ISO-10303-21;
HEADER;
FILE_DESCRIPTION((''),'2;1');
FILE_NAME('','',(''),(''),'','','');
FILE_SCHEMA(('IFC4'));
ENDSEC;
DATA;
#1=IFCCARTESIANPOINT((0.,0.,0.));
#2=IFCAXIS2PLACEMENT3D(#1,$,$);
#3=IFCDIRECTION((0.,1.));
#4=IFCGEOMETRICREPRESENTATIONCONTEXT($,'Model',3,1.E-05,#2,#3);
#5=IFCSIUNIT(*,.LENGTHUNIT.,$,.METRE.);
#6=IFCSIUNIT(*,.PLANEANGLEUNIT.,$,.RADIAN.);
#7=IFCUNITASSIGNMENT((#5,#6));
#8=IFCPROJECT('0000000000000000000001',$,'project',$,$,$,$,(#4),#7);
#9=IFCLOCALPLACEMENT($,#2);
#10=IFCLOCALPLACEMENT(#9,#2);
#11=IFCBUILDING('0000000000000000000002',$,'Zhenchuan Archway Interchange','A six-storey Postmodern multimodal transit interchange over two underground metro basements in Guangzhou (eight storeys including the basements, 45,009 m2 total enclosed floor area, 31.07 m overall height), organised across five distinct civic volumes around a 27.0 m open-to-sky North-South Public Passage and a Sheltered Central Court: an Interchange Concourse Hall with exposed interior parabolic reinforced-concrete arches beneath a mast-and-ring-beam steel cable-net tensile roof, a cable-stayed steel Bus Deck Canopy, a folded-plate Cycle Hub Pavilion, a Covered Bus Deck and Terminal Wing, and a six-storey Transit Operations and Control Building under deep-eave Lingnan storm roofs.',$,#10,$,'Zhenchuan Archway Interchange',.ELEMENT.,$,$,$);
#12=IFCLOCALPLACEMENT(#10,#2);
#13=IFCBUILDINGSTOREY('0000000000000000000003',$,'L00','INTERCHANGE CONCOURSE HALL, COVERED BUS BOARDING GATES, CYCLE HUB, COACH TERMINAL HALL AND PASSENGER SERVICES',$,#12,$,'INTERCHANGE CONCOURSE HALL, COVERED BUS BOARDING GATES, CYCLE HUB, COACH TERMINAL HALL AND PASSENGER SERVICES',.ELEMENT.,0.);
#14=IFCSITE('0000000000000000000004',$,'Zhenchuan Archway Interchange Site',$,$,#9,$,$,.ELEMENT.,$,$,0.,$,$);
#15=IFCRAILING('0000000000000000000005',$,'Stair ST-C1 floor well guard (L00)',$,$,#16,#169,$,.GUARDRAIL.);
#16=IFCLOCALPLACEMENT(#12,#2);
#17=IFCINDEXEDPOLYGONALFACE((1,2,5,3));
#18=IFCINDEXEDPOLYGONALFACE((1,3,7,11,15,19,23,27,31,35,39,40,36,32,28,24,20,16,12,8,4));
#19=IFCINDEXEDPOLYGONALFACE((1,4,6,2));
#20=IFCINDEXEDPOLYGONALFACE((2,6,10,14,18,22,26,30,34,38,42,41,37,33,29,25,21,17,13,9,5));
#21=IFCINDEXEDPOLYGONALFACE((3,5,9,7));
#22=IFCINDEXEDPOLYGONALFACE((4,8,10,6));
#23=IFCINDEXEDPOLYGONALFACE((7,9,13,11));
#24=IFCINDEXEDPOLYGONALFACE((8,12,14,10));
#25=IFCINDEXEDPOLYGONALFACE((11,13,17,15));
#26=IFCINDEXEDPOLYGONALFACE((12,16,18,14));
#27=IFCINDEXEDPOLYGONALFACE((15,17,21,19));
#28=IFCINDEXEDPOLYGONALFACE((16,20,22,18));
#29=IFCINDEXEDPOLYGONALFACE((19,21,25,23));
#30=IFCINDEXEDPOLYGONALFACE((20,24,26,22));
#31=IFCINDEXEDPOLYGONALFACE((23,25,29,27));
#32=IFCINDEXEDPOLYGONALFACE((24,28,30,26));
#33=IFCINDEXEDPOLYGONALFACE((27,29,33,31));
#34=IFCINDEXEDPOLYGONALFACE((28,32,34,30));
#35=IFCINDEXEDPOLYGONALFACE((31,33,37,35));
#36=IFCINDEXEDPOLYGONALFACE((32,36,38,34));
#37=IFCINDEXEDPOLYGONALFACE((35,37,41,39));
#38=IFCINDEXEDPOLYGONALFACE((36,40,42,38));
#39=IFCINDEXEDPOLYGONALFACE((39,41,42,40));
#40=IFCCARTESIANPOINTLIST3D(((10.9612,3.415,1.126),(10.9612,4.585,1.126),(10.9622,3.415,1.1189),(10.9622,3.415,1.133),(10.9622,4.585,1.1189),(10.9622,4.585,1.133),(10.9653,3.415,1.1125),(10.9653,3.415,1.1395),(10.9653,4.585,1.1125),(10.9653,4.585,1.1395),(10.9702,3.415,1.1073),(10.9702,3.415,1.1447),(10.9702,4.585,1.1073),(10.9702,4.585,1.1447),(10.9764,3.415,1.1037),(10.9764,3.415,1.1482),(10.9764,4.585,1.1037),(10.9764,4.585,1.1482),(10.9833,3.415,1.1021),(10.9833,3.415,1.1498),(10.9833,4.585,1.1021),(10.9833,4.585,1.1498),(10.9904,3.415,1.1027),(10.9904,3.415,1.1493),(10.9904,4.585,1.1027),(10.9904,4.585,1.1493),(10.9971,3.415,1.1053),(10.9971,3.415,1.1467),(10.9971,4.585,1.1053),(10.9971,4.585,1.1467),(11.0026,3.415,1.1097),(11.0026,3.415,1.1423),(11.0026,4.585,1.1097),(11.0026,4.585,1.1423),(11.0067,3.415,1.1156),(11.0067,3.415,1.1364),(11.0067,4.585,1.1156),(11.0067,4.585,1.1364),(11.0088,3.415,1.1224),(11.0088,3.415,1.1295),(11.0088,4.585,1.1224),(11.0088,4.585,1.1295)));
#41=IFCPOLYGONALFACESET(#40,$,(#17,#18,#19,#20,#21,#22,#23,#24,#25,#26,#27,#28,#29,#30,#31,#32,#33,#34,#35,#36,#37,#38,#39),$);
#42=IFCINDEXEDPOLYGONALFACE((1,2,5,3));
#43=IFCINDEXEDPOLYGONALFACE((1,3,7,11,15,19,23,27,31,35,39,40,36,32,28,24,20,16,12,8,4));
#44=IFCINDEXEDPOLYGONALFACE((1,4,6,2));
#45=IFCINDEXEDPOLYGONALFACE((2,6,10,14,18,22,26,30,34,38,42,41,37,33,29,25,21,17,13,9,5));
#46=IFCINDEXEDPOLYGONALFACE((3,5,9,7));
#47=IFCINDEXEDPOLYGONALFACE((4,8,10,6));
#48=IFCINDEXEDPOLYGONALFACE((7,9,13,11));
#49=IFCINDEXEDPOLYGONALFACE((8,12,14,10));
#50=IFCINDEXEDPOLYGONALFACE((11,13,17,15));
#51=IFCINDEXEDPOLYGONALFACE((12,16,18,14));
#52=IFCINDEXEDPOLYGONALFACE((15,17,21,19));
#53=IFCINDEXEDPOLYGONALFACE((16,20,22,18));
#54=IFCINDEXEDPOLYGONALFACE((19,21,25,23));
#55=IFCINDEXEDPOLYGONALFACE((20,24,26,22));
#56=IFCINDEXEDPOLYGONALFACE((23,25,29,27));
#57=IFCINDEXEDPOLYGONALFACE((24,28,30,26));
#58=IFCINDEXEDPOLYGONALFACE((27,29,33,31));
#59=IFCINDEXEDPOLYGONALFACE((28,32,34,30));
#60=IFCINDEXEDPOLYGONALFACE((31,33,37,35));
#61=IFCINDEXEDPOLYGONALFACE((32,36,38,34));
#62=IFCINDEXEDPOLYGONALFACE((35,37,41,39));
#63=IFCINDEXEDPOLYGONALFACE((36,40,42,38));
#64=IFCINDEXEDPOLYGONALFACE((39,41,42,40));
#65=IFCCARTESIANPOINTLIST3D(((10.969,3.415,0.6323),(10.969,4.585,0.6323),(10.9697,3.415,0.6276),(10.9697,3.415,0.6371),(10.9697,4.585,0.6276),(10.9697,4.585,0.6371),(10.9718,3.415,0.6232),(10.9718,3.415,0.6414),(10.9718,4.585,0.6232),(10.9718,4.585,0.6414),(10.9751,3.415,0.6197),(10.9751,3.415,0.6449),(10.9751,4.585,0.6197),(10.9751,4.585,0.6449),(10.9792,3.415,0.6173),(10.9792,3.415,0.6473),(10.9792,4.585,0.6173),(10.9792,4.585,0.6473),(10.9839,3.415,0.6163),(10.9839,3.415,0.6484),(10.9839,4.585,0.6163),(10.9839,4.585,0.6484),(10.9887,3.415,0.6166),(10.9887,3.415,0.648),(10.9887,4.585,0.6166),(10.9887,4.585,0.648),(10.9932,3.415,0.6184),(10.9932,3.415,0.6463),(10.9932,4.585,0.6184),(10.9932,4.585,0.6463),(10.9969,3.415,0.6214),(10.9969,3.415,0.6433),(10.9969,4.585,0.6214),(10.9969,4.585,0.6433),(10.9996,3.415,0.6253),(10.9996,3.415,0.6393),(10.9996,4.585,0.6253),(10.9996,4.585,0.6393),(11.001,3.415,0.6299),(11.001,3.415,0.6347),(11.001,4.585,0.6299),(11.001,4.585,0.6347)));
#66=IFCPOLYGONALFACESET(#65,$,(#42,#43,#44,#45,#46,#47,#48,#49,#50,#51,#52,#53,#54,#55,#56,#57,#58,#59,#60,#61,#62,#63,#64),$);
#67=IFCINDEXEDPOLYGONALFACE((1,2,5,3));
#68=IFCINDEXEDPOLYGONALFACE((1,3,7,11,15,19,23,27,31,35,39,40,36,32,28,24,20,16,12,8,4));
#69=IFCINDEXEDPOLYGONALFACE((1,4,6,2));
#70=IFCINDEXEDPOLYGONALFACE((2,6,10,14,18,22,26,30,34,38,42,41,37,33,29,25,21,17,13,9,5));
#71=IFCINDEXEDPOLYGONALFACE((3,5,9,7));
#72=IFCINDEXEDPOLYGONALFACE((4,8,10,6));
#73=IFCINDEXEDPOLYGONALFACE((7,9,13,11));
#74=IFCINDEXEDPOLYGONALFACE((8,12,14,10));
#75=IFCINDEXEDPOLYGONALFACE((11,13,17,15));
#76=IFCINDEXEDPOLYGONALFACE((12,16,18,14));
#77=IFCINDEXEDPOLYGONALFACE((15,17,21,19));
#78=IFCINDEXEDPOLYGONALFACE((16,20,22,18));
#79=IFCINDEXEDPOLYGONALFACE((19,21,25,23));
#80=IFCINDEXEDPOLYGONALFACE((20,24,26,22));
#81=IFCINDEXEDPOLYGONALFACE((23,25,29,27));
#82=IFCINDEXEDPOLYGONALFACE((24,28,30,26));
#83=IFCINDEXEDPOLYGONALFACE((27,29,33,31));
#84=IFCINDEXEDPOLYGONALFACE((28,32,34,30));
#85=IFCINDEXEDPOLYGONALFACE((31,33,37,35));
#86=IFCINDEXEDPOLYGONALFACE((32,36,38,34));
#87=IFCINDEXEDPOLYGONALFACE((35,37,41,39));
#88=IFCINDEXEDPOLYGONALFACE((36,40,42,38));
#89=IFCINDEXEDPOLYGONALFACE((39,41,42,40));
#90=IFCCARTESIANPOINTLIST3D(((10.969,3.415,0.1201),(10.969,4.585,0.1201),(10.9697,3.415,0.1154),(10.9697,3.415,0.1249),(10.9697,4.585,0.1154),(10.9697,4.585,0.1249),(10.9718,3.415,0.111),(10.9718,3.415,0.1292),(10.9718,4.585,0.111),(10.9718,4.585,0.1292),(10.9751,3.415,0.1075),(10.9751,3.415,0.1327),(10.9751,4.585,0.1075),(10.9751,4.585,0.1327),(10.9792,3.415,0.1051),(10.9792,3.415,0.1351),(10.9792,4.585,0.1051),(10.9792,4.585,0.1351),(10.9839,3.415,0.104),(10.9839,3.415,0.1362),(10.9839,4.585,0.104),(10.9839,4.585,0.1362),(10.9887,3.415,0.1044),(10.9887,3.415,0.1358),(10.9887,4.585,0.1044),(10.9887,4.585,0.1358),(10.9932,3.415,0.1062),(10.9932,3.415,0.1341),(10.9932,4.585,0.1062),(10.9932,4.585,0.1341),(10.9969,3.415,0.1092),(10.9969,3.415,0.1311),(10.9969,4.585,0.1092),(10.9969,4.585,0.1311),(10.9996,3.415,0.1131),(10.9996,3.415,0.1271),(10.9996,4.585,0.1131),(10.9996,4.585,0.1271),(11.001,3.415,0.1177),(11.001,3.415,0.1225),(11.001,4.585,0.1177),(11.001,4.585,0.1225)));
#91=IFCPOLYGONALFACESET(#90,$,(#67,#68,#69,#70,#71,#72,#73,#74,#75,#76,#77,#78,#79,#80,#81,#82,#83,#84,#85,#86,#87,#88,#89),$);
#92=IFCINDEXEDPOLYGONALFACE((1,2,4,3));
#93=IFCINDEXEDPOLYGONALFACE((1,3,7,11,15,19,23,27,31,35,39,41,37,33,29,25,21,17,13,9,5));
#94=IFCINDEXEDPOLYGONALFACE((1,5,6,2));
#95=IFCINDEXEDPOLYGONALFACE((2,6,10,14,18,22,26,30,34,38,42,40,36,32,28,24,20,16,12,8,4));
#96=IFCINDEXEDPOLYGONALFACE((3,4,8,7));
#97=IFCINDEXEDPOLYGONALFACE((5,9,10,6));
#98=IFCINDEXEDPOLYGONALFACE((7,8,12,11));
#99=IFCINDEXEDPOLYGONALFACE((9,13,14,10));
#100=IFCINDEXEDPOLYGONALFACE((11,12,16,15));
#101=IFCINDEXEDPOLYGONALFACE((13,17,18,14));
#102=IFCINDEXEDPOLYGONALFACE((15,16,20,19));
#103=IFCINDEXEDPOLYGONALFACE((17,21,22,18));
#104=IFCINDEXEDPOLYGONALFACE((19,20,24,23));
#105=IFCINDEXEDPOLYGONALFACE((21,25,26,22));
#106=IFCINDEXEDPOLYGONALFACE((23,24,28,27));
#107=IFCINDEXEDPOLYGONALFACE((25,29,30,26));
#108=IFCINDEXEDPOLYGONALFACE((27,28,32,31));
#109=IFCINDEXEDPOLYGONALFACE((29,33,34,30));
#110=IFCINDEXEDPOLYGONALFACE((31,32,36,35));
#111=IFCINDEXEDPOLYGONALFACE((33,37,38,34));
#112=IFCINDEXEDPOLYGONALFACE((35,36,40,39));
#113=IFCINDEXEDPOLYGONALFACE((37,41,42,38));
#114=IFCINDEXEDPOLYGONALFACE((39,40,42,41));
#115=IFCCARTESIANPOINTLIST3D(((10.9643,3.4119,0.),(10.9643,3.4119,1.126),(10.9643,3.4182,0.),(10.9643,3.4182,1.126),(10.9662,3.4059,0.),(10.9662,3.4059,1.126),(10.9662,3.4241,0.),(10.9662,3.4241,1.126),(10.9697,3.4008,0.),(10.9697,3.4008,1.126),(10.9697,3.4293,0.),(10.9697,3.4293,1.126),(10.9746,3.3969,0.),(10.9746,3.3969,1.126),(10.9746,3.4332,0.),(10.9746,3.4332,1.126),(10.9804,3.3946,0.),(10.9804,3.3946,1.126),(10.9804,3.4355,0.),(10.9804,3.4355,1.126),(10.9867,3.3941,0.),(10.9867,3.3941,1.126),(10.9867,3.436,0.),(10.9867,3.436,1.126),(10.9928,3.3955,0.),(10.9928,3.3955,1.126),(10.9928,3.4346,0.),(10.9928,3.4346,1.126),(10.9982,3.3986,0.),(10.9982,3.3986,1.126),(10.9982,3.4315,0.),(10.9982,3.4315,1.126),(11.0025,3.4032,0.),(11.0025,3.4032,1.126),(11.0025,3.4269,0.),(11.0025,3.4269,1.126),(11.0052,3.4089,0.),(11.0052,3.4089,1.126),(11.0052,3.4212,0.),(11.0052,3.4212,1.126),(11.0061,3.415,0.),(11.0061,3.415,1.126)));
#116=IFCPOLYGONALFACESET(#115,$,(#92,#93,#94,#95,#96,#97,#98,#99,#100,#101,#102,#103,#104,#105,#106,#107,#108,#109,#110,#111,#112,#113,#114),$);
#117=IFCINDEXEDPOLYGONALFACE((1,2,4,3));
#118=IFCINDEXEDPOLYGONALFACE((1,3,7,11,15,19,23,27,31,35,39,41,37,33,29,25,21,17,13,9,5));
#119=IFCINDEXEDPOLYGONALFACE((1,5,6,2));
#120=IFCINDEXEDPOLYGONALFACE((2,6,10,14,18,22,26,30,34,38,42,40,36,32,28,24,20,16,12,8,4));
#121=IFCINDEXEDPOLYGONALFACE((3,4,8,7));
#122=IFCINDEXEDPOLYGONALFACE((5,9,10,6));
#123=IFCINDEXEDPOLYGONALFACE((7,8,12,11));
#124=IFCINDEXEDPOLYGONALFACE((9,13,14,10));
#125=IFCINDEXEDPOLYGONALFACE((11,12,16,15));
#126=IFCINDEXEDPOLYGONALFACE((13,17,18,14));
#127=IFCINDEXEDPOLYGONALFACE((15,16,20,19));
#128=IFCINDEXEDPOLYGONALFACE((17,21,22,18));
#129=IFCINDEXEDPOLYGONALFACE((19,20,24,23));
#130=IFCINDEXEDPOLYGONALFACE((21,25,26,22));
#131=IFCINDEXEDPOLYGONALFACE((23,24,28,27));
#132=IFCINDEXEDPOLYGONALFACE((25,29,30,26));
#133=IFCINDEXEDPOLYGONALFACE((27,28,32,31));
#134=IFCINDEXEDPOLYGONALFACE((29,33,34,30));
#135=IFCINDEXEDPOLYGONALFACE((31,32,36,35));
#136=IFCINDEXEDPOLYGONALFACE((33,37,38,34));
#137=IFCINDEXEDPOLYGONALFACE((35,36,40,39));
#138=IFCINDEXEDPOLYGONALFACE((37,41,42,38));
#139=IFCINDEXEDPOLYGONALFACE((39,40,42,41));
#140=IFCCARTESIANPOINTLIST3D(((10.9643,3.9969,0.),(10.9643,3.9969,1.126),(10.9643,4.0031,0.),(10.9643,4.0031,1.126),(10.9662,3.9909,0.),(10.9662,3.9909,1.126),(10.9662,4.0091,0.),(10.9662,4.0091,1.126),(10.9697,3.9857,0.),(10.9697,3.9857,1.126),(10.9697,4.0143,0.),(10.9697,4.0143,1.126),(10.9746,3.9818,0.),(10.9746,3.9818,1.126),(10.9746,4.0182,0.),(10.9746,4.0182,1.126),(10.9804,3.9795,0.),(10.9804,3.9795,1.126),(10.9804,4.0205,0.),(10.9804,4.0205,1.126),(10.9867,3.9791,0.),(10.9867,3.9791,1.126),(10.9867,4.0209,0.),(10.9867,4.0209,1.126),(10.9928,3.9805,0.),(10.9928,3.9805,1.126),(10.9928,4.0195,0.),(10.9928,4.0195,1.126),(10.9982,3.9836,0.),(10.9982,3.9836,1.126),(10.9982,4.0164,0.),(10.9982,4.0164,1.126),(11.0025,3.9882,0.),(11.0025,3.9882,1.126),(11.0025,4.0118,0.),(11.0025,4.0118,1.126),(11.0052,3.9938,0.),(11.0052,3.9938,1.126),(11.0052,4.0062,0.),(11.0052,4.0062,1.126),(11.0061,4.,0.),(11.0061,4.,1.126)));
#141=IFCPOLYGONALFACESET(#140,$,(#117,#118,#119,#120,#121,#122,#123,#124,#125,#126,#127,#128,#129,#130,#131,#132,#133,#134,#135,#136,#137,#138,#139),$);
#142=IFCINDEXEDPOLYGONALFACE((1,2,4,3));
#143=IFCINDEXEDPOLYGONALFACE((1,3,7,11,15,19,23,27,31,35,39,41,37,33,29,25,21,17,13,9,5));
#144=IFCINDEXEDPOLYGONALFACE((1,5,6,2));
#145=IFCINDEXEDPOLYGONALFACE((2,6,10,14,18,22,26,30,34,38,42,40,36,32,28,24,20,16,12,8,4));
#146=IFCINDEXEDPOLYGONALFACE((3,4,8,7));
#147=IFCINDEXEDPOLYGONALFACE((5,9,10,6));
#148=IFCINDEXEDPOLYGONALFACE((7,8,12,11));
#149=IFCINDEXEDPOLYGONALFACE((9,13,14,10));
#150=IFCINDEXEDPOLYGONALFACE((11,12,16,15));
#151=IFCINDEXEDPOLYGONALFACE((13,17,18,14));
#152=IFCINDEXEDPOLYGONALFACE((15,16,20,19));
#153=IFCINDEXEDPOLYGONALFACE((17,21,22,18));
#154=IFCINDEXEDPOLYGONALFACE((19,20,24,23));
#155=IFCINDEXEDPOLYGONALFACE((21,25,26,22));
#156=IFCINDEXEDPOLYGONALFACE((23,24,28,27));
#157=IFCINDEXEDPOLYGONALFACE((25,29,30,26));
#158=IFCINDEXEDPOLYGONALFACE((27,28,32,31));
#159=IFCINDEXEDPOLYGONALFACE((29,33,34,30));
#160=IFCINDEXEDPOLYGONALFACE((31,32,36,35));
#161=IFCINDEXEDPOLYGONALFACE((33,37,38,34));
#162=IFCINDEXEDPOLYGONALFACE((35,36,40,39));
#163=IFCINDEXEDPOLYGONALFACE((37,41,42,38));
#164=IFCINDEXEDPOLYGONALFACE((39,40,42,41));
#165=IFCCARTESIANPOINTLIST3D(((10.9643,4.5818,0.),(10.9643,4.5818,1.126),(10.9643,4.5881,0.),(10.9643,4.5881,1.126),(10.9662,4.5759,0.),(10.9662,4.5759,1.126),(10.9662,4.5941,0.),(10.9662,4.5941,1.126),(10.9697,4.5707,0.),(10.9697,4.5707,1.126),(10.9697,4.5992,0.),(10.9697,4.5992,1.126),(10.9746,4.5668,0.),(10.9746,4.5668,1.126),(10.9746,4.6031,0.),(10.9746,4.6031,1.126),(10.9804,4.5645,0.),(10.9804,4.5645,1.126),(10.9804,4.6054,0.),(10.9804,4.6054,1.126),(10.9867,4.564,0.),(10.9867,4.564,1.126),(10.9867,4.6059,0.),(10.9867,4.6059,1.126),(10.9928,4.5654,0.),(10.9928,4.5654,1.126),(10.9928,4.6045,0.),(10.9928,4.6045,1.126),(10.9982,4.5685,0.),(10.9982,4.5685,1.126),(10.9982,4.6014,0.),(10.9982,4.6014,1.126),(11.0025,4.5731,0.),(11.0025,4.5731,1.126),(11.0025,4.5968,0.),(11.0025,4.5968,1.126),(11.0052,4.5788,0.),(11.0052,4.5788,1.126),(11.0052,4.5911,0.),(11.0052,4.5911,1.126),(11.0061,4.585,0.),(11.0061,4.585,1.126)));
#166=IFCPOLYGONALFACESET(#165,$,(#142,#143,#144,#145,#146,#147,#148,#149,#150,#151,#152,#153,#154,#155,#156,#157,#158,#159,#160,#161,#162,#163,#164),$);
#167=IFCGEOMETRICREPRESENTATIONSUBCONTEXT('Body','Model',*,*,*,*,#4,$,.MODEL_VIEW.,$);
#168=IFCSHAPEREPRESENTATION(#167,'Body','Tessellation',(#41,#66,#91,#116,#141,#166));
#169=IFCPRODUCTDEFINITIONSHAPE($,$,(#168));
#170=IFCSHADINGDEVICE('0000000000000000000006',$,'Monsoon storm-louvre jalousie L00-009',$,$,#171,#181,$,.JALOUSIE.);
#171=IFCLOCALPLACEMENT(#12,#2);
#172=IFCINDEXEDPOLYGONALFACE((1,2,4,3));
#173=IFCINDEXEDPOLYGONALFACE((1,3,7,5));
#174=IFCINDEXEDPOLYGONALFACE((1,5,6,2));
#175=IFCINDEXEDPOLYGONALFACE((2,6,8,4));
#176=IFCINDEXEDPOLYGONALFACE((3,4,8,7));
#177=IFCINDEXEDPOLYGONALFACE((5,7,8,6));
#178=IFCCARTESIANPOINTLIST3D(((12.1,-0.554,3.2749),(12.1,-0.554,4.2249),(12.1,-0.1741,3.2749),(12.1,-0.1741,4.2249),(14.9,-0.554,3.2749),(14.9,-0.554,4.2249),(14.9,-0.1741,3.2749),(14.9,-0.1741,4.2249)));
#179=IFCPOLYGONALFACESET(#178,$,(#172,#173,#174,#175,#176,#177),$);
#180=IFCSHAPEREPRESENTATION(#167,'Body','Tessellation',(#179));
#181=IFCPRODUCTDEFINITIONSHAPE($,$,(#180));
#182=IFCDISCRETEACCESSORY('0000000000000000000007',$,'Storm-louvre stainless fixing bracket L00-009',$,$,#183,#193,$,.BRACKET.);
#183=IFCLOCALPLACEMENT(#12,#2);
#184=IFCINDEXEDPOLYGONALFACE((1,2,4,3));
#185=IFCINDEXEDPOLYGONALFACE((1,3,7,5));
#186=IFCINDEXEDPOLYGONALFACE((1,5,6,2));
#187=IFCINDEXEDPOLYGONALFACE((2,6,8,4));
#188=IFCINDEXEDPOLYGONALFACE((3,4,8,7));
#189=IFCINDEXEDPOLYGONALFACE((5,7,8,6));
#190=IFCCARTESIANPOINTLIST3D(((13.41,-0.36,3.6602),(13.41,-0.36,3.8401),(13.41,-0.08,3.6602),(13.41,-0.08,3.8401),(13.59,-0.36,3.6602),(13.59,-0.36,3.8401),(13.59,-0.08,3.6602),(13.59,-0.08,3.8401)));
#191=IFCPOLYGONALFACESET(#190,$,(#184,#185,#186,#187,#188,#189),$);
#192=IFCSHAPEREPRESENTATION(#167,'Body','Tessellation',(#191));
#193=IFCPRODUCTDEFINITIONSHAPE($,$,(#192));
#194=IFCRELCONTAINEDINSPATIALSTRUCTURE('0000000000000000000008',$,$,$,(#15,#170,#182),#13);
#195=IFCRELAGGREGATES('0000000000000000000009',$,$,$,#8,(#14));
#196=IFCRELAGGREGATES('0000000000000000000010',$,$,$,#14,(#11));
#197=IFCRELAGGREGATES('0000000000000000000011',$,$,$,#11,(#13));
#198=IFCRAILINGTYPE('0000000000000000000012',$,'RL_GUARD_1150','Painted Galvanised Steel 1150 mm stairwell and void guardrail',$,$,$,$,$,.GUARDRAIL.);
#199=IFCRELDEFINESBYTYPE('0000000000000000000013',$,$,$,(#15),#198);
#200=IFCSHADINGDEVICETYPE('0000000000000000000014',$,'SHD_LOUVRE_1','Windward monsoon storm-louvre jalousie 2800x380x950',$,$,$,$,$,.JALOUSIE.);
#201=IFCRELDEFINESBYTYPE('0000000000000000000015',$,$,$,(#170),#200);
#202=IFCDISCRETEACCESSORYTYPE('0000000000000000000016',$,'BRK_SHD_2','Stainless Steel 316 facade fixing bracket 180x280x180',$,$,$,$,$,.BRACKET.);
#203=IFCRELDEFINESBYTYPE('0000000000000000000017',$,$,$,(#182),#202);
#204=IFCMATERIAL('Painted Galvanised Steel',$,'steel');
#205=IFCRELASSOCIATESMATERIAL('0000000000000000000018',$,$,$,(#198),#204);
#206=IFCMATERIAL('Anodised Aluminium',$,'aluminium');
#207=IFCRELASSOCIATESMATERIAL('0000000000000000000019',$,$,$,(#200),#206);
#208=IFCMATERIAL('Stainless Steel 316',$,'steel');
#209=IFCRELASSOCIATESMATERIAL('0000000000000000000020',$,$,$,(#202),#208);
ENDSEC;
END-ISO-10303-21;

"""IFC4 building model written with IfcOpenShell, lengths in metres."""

from ifc_helpers import new_model, si_unit, direction, frame, origin, origin_2d, place, context, subcontext, project, spatial, rectangle, circle, extrude, material, type_object, element, save


model = new_model("IFC4")

# Units and contexts
model_context = context("Model", 3, precision=1e-05, world=origin(), true_north=direction((0.0, 1.0)))
body_context = subcontext(model_context, "Body", "Model", "MODEL_VIEW")
ifc_project = project(units=[si_unit("LENGTHUNIT", "METRE"), si_unit("PLANEANGLEUNIT", "RADIAN")], contexts=[model_context])

# Site, building, storey
site_placement = place(None, origin())
site = spatial("IfcSite", under=ifc_project, at=site_placement, Name="Zhenchuan Archway Interchange Site", CompositionType="ELEMENT", RefElevation=0.0)
building_placement = place(site_placement, origin())
building = spatial("IfcBuilding", under=site, at=building_placement, Name="Zhenchuan Archway Interchange", Description="A six-storey Postmodern multimodal transit interchange over two underground metro basements in Guangzhou (eight storeys including the basements, 45,009 m2 total enclosed floor area, 31.07 m overall height), organised across five distinct civic volumes around a 27.0 m open-to-sky North-South Public Passage and a Sheltered Central Court: an Interchange Concourse Hall with exposed interior parabolic reinforced-concrete arches beneath a mast-and-ring-beam steel cable-net tensile roof, a cable-stayed steel Bus Deck Canopy, a folded-plate Cycle Hub Pavilion, a Covered Bus Deck and Terminal Wing, and a six-storey Transit Operations and Control Building under deep-eave Lingnan storm roofs.", LongName="Zhenchuan Archway Interchange", CompositionType="ELEMENT")
storey_placement = place(building_placement, origin())
storey = spatial("IfcBuildingStorey", under=building, at=storey_placement, Name="L00", Description="INTERCHANGE CONCOURSE HALL, COVERED BUS BOARDING GATES, CYCLE HUB, COACH TERMINAL HALL AND PASSENGER SERVICES", LongName="INTERCHANGE CONCOURSE HALL, COVERED BUS BOARDING GATES, CYCLE HUB, COACH TERMINAL HALL AND PASSENGER SERVICES", CompositionType="ELEMENT", Elevation=0.0)

# Shared definitions
ifc_material_1 = material(Name="Painted Galvanised Steel", Category="steel")

# Railing
railing_type_1 = type_object("IfcRailingType", Name="RL_GUARD_1150", Description="Painted Galvanised Steel 1150 mm stairwell and void guardrail", PredefinedType="GUARDRAIL", material=ifc_material_1)
for number, where, name in (
    (1, (10.9851, 3.415, 0.0), "Stair ST-C1 floor well guard (L00)"),
):
    element("IfcRailing", number, at=place(storey_placement, frame(where)), inside=storey, type_object=railing_type_1, Name=name, PredefinedType="GUARDRAIL", context=body_context, shape_type="SweptSolid", body=[
        extrude(circle(Radius=0.0239, at=origin_2d()), frame((0.0, 0.0, 1.126), z_axis=(0.0, 1.0, 0.0), x_axis=(-1.0, 0.0, 0.0)), (0.0, 0.0, 1.0), 1.1699),
        extrude(circle(Radius=0.0161, at=origin_2d()), frame((0.0, 0.0, 0.6323), z_axis=(0.0, 1.0, 0.0), x_axis=(-1.0, 0.0, 0.0)), (0.0, 0.0, 1.0), 1.1699),
        extrude(circle(Radius=0.0161, at=origin_2d()), frame((0.0, 0.0, 0.1201), z_axis=(0.0, 1.0, 0.0), x_axis=(-1.0, 0.0, 0.0)), (0.0, 0.0, 1.0), 1.1699),
        extrude(circle(Radius=0.021, at=origin_2d()), origin(), (0.0, 0.0, 1.0), 1.126),
        extrude(circle(Radius=0.021, at=origin_2d()), frame((0.0, 0.585, 0.0)), (0.0, 0.0, 1.0), 1.126),
        extrude(circle(Radius=0.021, at=origin_2d()), frame((0.0, 1.1699, 0.0)), (0.0, 0.0, 1.0), 1.126),
    ])

# Shading device
ifc_material_2 = material(Name="Anodised Aluminium", Category="aluminium")
shading_device_type = type_object("IfcShadingDeviceType", Name="SHD_LOUVRE_1", Description="Windward monsoon storm-louvre jalousie 2800x380x950", PredefinedType="JALOUSIE", material=ifc_material_2)
shading_device_placement = place(storey_placement, frame((13.5, -0.364, 3.2749), z_axis=(0.0, 0.0, 1.0), x_axis=(-1.0, 0.0, 0.0)))
element("IfcShadingDevice", 2, at=shading_device_placement, inside=storey, type_object=shading_device_type, Name="Monsoon storm-louvre jalousie L00-009", PredefinedType="JALOUSIE", context=body_context, shape_type="SweptSolid", body=[
    extrude(rectangle(XDim=2.8, YDim=0.3799, at=origin_2d()), origin(), (0.0, 0.0, 1.0), 0.95),
])

# Discrete accessory
ifc_material_3 = material(Name="Stainless Steel 316", Category="steel")
discrete_accessory_type = type_object("IfcDiscreteAccessoryType", Name="BRK_SHD_2", Description="Stainless Steel 316 facade fixing bracket 180x280x180", PredefinedType="BRACKET", material=ifc_material_3)
discrete_accessory_placement = place(storey_placement, frame((13.5, -0.22, 3.6602), z_axis=(0.0, 0.0, 1.0), x_axis=(-1.0, 0.0, 0.0)))
element("IfcDiscreteAccessory", 3, at=discrete_accessory_placement, inside=storey, type_object=discrete_accessory_type, Name="Storm-louvre stainless fixing bracket L00-009", PredefinedType="BRACKET", context=body_context, shape_type="SweptSolid", body=[
    extrude(rectangle(XDim=0.1799, YDim=0.28, at=origin_2d()), origin(), (0.0, 0.0, 1.0), 0.1799),
])

save(model, "model.ifc")
